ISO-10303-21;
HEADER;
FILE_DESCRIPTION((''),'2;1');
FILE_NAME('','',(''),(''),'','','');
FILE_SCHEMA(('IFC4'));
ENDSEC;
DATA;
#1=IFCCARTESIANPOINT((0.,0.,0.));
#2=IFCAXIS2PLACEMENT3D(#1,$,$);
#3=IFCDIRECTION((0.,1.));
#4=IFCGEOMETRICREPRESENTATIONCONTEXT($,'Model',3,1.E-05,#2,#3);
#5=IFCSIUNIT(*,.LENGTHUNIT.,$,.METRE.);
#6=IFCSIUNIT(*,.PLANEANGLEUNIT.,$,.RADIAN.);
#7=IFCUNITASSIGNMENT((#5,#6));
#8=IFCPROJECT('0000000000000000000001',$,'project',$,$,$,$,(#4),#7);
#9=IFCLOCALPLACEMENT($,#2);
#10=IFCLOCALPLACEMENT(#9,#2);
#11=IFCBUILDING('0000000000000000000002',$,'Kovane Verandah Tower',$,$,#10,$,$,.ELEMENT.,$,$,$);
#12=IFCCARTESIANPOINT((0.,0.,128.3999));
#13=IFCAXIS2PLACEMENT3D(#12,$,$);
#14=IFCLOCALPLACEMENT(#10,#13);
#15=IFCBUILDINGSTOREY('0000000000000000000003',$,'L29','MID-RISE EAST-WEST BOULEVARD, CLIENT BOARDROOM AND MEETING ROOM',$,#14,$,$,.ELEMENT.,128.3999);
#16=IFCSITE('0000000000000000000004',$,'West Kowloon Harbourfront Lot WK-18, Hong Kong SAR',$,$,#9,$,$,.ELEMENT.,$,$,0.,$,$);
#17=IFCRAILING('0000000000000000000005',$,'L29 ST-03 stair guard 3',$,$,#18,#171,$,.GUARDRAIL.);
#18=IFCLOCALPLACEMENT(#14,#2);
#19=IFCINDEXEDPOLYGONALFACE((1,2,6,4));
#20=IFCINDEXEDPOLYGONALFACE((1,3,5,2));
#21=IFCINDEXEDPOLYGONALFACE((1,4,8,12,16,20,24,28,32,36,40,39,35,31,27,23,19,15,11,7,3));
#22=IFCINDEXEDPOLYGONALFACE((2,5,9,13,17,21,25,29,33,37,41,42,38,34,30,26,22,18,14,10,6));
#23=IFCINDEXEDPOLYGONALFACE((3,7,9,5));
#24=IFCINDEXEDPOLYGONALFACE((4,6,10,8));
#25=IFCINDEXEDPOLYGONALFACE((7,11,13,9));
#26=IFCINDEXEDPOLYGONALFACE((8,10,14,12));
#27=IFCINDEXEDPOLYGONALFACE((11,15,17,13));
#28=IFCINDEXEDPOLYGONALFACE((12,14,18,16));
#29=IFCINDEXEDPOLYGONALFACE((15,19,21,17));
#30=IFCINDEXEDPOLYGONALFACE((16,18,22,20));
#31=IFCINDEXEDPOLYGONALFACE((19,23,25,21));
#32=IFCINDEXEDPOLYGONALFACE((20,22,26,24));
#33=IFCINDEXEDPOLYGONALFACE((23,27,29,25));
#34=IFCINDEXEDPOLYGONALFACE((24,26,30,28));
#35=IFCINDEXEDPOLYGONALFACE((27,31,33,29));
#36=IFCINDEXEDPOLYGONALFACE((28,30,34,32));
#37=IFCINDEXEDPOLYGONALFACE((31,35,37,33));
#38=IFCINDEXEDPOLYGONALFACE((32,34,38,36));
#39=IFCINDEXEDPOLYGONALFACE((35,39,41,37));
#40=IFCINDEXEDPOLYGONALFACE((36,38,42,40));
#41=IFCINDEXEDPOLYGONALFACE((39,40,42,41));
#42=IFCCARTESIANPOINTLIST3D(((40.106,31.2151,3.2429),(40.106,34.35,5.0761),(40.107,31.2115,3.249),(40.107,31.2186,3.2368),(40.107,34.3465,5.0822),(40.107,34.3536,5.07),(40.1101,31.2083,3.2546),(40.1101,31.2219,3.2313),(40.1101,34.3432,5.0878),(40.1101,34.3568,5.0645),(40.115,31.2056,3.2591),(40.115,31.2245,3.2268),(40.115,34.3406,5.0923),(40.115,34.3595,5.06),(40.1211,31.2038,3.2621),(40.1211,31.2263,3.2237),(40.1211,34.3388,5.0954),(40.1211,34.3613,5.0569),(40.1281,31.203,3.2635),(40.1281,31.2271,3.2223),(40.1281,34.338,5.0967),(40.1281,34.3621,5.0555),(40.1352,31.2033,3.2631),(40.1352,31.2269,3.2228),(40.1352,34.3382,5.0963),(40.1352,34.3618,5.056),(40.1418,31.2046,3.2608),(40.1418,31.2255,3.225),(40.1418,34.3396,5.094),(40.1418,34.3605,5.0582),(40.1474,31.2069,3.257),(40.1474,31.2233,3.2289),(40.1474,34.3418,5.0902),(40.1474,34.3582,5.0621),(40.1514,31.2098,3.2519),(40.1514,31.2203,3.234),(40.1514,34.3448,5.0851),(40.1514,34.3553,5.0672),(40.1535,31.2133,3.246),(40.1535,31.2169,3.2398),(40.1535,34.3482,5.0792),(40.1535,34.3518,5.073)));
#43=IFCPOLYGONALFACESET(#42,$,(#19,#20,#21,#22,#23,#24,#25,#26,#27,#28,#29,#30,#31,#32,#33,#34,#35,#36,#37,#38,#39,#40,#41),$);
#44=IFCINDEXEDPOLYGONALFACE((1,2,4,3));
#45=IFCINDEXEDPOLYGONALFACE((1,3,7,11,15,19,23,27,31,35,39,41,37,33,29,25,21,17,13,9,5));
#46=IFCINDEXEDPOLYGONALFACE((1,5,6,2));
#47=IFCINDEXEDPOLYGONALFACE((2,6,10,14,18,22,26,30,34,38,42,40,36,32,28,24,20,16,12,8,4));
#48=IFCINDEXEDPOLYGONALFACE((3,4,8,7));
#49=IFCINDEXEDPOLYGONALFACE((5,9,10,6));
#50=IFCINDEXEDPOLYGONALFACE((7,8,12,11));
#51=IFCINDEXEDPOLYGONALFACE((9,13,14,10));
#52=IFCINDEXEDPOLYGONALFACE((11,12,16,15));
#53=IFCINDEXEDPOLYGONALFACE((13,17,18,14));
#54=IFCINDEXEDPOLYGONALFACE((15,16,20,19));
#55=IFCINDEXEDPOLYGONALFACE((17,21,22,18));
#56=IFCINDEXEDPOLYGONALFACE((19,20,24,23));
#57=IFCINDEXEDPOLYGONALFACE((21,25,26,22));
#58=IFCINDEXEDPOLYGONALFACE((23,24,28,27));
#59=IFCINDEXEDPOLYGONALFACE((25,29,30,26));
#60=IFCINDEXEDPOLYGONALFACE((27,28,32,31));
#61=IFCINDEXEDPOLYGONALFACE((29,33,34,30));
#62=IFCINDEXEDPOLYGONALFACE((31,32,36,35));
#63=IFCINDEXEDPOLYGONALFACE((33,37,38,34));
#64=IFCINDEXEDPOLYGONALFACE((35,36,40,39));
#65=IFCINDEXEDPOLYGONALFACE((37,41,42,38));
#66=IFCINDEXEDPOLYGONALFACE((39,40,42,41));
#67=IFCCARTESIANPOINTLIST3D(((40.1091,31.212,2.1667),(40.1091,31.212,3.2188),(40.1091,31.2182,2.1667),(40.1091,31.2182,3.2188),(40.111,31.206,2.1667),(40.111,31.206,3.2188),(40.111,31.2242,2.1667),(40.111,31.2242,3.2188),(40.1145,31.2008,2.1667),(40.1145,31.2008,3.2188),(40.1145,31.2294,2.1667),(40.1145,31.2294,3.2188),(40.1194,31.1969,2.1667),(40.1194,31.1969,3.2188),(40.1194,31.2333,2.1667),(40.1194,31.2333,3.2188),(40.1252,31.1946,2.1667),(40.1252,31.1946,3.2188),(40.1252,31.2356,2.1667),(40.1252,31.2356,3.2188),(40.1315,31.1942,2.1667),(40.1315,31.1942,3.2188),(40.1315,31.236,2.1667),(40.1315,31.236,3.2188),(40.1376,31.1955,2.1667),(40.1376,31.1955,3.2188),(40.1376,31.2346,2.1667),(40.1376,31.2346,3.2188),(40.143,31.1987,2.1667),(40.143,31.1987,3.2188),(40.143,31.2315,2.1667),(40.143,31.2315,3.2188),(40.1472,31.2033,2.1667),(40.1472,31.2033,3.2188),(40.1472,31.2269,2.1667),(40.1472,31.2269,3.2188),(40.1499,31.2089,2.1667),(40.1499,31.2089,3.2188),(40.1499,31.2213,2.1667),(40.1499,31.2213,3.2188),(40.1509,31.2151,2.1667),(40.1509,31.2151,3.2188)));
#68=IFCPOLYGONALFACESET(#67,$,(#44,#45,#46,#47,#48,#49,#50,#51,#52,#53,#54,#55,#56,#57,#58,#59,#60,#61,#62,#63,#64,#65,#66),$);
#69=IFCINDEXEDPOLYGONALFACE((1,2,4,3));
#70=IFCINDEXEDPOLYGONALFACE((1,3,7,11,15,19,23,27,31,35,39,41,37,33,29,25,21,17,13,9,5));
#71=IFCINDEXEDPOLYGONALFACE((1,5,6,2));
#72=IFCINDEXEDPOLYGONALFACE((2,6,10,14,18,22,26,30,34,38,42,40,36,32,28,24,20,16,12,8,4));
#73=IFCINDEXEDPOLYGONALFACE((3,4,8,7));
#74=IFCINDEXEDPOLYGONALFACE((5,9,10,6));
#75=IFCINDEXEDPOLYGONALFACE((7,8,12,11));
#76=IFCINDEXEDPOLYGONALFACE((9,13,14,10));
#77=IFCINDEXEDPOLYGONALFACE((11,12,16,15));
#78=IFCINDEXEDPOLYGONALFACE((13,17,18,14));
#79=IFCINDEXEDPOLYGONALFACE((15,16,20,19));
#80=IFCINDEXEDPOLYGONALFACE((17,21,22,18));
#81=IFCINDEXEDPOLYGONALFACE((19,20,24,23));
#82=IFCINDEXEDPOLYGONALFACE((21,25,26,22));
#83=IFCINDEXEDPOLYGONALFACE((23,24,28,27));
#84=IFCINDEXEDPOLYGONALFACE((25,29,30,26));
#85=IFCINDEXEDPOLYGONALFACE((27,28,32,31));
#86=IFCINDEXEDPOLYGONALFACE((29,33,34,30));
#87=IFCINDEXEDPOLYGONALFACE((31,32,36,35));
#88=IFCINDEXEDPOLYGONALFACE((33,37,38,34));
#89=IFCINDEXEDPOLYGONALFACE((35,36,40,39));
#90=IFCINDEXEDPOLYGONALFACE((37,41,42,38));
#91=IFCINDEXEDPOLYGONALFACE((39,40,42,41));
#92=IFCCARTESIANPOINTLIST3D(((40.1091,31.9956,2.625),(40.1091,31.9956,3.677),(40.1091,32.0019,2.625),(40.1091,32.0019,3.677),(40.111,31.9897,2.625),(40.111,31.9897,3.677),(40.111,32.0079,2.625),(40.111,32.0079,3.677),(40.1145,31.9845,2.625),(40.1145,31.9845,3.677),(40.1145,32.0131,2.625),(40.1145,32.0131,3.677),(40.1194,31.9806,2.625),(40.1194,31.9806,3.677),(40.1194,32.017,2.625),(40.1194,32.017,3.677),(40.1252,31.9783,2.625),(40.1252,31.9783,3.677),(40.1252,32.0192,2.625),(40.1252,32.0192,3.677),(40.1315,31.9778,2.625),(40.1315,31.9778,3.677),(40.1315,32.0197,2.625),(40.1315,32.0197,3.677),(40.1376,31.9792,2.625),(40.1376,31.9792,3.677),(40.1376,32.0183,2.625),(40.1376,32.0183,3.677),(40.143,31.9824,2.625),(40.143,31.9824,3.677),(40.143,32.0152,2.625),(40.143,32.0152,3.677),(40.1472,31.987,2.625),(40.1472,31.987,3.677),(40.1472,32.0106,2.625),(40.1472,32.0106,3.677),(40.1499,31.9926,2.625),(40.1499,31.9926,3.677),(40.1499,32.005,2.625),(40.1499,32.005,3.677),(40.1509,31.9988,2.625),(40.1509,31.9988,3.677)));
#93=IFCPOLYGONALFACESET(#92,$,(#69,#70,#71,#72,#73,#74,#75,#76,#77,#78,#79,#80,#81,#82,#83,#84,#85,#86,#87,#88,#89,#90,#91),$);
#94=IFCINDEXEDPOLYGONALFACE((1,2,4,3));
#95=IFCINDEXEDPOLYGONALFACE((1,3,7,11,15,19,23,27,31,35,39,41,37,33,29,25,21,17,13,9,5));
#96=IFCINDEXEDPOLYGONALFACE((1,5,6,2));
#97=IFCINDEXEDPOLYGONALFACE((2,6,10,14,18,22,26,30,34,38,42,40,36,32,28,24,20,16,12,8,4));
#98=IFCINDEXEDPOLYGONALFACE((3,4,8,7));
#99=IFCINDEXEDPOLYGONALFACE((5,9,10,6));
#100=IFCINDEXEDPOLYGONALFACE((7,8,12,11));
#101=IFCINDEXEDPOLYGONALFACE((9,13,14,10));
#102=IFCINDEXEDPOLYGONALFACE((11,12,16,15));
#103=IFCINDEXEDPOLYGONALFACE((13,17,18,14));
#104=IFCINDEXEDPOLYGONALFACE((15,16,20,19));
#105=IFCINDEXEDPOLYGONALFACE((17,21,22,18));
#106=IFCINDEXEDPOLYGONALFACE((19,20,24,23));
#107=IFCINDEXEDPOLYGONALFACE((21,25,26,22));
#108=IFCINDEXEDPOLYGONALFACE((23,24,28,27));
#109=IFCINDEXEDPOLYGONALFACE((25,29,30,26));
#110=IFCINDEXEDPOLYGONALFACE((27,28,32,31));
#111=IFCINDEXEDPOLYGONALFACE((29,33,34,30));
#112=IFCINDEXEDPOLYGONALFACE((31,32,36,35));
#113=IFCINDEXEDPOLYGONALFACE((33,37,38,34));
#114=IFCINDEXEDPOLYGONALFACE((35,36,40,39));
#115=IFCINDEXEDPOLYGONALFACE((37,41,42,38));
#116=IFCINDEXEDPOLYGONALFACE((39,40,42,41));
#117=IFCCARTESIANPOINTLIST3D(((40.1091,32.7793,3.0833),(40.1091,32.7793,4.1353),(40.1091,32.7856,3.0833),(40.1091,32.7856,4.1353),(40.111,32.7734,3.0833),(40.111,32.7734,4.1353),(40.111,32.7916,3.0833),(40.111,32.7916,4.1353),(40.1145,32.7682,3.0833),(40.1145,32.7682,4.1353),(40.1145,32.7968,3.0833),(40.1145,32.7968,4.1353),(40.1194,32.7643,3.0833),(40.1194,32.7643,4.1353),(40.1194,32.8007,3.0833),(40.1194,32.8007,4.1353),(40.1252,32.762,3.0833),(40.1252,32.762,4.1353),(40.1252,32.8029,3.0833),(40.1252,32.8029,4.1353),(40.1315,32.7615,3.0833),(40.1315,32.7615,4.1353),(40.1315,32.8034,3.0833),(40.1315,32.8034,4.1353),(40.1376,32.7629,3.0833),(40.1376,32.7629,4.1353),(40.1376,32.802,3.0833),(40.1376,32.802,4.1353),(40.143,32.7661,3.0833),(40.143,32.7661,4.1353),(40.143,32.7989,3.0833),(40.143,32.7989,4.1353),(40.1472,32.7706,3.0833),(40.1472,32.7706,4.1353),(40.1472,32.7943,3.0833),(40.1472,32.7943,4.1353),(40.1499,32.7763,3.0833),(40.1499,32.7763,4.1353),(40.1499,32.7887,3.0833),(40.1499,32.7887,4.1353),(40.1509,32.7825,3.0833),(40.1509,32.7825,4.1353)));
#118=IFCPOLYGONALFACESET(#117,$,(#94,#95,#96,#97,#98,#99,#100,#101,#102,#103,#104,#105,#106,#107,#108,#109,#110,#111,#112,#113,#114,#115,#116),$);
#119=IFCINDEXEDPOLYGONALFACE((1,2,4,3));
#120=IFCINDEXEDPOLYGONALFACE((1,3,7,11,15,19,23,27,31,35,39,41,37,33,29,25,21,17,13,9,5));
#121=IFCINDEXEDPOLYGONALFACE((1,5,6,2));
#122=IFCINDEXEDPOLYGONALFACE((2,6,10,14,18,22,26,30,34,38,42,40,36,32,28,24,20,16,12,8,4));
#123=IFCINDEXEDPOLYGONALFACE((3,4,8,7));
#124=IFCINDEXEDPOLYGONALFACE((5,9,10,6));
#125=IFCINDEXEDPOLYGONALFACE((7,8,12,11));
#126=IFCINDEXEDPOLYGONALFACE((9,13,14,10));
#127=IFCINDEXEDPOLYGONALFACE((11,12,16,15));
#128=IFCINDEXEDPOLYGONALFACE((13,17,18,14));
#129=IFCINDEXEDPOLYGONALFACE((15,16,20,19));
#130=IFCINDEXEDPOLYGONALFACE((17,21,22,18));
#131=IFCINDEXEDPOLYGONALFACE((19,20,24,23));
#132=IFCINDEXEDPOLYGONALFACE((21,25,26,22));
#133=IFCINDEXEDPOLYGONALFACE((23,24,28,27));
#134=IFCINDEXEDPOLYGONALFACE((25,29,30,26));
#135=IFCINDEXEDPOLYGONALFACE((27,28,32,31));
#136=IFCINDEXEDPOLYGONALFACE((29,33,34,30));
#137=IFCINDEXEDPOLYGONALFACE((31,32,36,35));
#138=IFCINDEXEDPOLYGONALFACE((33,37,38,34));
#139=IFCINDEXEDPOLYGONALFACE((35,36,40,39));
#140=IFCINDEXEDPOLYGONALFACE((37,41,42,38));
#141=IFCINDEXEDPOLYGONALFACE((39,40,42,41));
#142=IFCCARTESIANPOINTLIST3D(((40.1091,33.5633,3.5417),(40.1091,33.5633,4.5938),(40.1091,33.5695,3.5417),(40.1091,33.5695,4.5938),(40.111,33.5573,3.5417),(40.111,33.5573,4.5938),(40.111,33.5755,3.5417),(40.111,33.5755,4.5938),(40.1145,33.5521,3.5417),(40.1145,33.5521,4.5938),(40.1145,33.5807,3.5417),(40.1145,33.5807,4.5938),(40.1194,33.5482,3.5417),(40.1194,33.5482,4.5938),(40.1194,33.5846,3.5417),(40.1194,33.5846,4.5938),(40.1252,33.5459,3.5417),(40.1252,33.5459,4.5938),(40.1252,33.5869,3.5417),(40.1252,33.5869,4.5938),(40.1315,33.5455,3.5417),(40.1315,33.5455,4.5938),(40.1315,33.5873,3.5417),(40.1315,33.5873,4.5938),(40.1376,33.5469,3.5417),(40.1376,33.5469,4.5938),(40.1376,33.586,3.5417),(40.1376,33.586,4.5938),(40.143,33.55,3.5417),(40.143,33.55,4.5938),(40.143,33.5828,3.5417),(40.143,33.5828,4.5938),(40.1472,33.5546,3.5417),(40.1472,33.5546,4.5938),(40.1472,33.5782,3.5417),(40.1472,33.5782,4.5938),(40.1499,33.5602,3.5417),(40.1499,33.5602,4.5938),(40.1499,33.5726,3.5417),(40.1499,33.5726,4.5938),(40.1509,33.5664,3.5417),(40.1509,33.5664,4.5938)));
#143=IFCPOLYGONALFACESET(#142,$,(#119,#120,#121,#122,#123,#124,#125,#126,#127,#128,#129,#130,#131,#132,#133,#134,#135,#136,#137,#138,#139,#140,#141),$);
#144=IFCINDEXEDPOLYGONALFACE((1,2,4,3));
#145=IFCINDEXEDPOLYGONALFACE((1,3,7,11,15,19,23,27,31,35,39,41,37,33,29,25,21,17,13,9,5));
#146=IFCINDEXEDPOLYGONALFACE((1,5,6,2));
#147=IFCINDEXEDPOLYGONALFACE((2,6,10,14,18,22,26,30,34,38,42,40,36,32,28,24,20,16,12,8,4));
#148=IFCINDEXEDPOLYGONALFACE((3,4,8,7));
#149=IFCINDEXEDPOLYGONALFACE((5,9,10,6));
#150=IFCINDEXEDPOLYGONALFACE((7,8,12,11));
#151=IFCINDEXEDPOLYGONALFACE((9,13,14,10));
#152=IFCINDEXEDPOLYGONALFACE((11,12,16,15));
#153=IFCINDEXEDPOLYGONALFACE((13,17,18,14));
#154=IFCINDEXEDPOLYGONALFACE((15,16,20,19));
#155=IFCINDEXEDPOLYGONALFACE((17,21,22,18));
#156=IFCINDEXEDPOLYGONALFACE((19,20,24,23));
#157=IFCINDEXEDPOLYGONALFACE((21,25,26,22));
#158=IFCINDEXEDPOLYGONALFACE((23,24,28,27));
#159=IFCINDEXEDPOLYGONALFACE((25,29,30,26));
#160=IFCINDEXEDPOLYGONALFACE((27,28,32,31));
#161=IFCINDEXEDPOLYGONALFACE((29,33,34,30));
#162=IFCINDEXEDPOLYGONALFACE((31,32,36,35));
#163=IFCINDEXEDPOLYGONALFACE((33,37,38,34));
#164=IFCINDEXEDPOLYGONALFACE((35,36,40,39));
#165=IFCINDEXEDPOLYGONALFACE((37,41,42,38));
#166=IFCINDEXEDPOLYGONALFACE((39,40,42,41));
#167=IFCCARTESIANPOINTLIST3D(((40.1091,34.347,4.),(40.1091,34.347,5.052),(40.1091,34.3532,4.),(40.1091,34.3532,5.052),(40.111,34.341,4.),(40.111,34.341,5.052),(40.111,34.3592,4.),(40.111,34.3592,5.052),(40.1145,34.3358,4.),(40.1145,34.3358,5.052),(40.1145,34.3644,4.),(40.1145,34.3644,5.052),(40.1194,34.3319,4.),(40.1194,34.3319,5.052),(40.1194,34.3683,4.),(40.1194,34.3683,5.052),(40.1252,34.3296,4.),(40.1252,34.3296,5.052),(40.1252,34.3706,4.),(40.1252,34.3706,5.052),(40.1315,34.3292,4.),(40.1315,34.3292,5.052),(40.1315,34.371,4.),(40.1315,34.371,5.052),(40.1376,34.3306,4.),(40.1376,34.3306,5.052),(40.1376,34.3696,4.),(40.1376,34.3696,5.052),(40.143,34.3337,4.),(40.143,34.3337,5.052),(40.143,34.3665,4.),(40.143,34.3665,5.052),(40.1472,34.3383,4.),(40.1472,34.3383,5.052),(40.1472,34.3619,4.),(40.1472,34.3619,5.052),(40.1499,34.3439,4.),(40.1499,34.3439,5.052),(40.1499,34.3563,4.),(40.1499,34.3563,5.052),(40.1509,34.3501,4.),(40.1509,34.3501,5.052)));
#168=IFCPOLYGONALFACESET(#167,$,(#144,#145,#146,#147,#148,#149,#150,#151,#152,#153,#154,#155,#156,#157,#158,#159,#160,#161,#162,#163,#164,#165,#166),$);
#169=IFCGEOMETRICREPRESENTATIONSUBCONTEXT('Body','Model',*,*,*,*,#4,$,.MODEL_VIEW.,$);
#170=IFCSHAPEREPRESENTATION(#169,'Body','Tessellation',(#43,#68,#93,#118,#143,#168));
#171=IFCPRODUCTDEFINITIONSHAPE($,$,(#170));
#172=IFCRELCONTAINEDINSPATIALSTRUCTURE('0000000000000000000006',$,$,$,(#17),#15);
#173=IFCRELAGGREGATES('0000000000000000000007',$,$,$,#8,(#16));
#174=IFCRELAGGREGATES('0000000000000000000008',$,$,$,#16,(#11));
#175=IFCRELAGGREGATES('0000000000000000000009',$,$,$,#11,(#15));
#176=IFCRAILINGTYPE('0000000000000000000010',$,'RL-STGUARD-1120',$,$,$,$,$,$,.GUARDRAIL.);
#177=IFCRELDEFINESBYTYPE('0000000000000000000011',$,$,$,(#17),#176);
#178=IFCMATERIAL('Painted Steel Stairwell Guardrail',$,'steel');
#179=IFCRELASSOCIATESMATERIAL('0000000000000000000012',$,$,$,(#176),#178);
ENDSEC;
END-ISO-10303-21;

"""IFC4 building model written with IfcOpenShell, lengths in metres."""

from ifc_helpers import new_model, si_unit, direction, frame, origin, origin_2d, place, context, subcontext, project, spatial, circle, extrude, material, type_object, element, save


model = new_model("IFC4")

# Units and contexts
model_context = context("Model", 3, precision=1e-05, world=origin(), true_north=direction((0.0, 1.0)))
body_context = subcontext(model_context, "Body", "Model", "MODEL_VIEW")
ifc_project = project(units=[si_unit("LENGTHUNIT", "METRE"), si_unit("PLANEANGLEUNIT", "RADIAN")], contexts=[model_context])

# Site, building, storey
site_placement = place(None, origin())
site = spatial("IfcSite", under=ifc_project, at=site_placement, Name="West Kowloon Harbourfront Lot WK-18, Hong Kong SAR", CompositionType="ELEMENT", RefElevation=0.0)
building_placement = place(site_placement, origin())
building = spatial("IfcBuilding", under=site, at=building_placement, Name="Kovane Verandah Tower", CompositionType="ELEMENT")
storey_placement = place(building_placement, frame((0.0, 0.0, 128.3999)))
storey = spatial("IfcBuildingStorey", under=building, at=storey_placement, Name="L29", Description="MID-RISE EAST-WEST BOULEVARD, CLIENT BOARDROOM AND MEETING ROOM", CompositionType="ELEMENT", Elevation=128.3999)

# Railing
ifc_material_1 = material(Name="Painted Steel Stairwell Guardrail", Category="steel")
railing_type = type_object("IfcRailingType", Name="RL-STGUARD-1120", PredefinedType="GUARDRAIL", material=ifc_material_1)
railing_1_placement = place(storey_placement, frame((40.1299, 31.2151, 2.1667)))
element("IfcRailing", 1, at=railing_1_placement, inside=storey, type_object=railing_type, Name="L29 ST-03 stair guard 3", PredefinedType="GUARDRAIL", context=body_context, shape_type="SweptSolid", body=[
    extrude(circle(Radius=0.0239, at=origin_2d()), frame((0.0, 0.0, 1.0762), z_axis=(0.0, 0.86324, 0.504794), x_axis=(-1.0, 0.0, 0.0)), (0.0, 0.0, 1.0), 3.6316),
    extrude(circle(Radius=0.021, at=origin_2d()), origin(), (0.0, 0.0, 1.0), 1.052),
    extrude(circle(Radius=0.021, at=origin_2d()), frame((0.0, 0.7837, 0.4583)), (0.0, 0.0, 1.0), 1.052),
    extrude(circle(Radius=0.021, at=origin_2d()), frame((0.0, 1.5674, 0.9165)), (0.0, 0.0, 1.0), 1.052),
    extrude(circle(Radius=0.021, at=origin_2d()), frame((0.0, 2.3513, 1.375)), (0.0, 0.0, 1.0), 1.052),
    extrude(circle(Radius=0.021, at=origin_2d()), frame((0.0, 3.135, 1.8333)), (0.0, 0.0, 1.0), 1.052),
])

save(model, "model.ifc")
